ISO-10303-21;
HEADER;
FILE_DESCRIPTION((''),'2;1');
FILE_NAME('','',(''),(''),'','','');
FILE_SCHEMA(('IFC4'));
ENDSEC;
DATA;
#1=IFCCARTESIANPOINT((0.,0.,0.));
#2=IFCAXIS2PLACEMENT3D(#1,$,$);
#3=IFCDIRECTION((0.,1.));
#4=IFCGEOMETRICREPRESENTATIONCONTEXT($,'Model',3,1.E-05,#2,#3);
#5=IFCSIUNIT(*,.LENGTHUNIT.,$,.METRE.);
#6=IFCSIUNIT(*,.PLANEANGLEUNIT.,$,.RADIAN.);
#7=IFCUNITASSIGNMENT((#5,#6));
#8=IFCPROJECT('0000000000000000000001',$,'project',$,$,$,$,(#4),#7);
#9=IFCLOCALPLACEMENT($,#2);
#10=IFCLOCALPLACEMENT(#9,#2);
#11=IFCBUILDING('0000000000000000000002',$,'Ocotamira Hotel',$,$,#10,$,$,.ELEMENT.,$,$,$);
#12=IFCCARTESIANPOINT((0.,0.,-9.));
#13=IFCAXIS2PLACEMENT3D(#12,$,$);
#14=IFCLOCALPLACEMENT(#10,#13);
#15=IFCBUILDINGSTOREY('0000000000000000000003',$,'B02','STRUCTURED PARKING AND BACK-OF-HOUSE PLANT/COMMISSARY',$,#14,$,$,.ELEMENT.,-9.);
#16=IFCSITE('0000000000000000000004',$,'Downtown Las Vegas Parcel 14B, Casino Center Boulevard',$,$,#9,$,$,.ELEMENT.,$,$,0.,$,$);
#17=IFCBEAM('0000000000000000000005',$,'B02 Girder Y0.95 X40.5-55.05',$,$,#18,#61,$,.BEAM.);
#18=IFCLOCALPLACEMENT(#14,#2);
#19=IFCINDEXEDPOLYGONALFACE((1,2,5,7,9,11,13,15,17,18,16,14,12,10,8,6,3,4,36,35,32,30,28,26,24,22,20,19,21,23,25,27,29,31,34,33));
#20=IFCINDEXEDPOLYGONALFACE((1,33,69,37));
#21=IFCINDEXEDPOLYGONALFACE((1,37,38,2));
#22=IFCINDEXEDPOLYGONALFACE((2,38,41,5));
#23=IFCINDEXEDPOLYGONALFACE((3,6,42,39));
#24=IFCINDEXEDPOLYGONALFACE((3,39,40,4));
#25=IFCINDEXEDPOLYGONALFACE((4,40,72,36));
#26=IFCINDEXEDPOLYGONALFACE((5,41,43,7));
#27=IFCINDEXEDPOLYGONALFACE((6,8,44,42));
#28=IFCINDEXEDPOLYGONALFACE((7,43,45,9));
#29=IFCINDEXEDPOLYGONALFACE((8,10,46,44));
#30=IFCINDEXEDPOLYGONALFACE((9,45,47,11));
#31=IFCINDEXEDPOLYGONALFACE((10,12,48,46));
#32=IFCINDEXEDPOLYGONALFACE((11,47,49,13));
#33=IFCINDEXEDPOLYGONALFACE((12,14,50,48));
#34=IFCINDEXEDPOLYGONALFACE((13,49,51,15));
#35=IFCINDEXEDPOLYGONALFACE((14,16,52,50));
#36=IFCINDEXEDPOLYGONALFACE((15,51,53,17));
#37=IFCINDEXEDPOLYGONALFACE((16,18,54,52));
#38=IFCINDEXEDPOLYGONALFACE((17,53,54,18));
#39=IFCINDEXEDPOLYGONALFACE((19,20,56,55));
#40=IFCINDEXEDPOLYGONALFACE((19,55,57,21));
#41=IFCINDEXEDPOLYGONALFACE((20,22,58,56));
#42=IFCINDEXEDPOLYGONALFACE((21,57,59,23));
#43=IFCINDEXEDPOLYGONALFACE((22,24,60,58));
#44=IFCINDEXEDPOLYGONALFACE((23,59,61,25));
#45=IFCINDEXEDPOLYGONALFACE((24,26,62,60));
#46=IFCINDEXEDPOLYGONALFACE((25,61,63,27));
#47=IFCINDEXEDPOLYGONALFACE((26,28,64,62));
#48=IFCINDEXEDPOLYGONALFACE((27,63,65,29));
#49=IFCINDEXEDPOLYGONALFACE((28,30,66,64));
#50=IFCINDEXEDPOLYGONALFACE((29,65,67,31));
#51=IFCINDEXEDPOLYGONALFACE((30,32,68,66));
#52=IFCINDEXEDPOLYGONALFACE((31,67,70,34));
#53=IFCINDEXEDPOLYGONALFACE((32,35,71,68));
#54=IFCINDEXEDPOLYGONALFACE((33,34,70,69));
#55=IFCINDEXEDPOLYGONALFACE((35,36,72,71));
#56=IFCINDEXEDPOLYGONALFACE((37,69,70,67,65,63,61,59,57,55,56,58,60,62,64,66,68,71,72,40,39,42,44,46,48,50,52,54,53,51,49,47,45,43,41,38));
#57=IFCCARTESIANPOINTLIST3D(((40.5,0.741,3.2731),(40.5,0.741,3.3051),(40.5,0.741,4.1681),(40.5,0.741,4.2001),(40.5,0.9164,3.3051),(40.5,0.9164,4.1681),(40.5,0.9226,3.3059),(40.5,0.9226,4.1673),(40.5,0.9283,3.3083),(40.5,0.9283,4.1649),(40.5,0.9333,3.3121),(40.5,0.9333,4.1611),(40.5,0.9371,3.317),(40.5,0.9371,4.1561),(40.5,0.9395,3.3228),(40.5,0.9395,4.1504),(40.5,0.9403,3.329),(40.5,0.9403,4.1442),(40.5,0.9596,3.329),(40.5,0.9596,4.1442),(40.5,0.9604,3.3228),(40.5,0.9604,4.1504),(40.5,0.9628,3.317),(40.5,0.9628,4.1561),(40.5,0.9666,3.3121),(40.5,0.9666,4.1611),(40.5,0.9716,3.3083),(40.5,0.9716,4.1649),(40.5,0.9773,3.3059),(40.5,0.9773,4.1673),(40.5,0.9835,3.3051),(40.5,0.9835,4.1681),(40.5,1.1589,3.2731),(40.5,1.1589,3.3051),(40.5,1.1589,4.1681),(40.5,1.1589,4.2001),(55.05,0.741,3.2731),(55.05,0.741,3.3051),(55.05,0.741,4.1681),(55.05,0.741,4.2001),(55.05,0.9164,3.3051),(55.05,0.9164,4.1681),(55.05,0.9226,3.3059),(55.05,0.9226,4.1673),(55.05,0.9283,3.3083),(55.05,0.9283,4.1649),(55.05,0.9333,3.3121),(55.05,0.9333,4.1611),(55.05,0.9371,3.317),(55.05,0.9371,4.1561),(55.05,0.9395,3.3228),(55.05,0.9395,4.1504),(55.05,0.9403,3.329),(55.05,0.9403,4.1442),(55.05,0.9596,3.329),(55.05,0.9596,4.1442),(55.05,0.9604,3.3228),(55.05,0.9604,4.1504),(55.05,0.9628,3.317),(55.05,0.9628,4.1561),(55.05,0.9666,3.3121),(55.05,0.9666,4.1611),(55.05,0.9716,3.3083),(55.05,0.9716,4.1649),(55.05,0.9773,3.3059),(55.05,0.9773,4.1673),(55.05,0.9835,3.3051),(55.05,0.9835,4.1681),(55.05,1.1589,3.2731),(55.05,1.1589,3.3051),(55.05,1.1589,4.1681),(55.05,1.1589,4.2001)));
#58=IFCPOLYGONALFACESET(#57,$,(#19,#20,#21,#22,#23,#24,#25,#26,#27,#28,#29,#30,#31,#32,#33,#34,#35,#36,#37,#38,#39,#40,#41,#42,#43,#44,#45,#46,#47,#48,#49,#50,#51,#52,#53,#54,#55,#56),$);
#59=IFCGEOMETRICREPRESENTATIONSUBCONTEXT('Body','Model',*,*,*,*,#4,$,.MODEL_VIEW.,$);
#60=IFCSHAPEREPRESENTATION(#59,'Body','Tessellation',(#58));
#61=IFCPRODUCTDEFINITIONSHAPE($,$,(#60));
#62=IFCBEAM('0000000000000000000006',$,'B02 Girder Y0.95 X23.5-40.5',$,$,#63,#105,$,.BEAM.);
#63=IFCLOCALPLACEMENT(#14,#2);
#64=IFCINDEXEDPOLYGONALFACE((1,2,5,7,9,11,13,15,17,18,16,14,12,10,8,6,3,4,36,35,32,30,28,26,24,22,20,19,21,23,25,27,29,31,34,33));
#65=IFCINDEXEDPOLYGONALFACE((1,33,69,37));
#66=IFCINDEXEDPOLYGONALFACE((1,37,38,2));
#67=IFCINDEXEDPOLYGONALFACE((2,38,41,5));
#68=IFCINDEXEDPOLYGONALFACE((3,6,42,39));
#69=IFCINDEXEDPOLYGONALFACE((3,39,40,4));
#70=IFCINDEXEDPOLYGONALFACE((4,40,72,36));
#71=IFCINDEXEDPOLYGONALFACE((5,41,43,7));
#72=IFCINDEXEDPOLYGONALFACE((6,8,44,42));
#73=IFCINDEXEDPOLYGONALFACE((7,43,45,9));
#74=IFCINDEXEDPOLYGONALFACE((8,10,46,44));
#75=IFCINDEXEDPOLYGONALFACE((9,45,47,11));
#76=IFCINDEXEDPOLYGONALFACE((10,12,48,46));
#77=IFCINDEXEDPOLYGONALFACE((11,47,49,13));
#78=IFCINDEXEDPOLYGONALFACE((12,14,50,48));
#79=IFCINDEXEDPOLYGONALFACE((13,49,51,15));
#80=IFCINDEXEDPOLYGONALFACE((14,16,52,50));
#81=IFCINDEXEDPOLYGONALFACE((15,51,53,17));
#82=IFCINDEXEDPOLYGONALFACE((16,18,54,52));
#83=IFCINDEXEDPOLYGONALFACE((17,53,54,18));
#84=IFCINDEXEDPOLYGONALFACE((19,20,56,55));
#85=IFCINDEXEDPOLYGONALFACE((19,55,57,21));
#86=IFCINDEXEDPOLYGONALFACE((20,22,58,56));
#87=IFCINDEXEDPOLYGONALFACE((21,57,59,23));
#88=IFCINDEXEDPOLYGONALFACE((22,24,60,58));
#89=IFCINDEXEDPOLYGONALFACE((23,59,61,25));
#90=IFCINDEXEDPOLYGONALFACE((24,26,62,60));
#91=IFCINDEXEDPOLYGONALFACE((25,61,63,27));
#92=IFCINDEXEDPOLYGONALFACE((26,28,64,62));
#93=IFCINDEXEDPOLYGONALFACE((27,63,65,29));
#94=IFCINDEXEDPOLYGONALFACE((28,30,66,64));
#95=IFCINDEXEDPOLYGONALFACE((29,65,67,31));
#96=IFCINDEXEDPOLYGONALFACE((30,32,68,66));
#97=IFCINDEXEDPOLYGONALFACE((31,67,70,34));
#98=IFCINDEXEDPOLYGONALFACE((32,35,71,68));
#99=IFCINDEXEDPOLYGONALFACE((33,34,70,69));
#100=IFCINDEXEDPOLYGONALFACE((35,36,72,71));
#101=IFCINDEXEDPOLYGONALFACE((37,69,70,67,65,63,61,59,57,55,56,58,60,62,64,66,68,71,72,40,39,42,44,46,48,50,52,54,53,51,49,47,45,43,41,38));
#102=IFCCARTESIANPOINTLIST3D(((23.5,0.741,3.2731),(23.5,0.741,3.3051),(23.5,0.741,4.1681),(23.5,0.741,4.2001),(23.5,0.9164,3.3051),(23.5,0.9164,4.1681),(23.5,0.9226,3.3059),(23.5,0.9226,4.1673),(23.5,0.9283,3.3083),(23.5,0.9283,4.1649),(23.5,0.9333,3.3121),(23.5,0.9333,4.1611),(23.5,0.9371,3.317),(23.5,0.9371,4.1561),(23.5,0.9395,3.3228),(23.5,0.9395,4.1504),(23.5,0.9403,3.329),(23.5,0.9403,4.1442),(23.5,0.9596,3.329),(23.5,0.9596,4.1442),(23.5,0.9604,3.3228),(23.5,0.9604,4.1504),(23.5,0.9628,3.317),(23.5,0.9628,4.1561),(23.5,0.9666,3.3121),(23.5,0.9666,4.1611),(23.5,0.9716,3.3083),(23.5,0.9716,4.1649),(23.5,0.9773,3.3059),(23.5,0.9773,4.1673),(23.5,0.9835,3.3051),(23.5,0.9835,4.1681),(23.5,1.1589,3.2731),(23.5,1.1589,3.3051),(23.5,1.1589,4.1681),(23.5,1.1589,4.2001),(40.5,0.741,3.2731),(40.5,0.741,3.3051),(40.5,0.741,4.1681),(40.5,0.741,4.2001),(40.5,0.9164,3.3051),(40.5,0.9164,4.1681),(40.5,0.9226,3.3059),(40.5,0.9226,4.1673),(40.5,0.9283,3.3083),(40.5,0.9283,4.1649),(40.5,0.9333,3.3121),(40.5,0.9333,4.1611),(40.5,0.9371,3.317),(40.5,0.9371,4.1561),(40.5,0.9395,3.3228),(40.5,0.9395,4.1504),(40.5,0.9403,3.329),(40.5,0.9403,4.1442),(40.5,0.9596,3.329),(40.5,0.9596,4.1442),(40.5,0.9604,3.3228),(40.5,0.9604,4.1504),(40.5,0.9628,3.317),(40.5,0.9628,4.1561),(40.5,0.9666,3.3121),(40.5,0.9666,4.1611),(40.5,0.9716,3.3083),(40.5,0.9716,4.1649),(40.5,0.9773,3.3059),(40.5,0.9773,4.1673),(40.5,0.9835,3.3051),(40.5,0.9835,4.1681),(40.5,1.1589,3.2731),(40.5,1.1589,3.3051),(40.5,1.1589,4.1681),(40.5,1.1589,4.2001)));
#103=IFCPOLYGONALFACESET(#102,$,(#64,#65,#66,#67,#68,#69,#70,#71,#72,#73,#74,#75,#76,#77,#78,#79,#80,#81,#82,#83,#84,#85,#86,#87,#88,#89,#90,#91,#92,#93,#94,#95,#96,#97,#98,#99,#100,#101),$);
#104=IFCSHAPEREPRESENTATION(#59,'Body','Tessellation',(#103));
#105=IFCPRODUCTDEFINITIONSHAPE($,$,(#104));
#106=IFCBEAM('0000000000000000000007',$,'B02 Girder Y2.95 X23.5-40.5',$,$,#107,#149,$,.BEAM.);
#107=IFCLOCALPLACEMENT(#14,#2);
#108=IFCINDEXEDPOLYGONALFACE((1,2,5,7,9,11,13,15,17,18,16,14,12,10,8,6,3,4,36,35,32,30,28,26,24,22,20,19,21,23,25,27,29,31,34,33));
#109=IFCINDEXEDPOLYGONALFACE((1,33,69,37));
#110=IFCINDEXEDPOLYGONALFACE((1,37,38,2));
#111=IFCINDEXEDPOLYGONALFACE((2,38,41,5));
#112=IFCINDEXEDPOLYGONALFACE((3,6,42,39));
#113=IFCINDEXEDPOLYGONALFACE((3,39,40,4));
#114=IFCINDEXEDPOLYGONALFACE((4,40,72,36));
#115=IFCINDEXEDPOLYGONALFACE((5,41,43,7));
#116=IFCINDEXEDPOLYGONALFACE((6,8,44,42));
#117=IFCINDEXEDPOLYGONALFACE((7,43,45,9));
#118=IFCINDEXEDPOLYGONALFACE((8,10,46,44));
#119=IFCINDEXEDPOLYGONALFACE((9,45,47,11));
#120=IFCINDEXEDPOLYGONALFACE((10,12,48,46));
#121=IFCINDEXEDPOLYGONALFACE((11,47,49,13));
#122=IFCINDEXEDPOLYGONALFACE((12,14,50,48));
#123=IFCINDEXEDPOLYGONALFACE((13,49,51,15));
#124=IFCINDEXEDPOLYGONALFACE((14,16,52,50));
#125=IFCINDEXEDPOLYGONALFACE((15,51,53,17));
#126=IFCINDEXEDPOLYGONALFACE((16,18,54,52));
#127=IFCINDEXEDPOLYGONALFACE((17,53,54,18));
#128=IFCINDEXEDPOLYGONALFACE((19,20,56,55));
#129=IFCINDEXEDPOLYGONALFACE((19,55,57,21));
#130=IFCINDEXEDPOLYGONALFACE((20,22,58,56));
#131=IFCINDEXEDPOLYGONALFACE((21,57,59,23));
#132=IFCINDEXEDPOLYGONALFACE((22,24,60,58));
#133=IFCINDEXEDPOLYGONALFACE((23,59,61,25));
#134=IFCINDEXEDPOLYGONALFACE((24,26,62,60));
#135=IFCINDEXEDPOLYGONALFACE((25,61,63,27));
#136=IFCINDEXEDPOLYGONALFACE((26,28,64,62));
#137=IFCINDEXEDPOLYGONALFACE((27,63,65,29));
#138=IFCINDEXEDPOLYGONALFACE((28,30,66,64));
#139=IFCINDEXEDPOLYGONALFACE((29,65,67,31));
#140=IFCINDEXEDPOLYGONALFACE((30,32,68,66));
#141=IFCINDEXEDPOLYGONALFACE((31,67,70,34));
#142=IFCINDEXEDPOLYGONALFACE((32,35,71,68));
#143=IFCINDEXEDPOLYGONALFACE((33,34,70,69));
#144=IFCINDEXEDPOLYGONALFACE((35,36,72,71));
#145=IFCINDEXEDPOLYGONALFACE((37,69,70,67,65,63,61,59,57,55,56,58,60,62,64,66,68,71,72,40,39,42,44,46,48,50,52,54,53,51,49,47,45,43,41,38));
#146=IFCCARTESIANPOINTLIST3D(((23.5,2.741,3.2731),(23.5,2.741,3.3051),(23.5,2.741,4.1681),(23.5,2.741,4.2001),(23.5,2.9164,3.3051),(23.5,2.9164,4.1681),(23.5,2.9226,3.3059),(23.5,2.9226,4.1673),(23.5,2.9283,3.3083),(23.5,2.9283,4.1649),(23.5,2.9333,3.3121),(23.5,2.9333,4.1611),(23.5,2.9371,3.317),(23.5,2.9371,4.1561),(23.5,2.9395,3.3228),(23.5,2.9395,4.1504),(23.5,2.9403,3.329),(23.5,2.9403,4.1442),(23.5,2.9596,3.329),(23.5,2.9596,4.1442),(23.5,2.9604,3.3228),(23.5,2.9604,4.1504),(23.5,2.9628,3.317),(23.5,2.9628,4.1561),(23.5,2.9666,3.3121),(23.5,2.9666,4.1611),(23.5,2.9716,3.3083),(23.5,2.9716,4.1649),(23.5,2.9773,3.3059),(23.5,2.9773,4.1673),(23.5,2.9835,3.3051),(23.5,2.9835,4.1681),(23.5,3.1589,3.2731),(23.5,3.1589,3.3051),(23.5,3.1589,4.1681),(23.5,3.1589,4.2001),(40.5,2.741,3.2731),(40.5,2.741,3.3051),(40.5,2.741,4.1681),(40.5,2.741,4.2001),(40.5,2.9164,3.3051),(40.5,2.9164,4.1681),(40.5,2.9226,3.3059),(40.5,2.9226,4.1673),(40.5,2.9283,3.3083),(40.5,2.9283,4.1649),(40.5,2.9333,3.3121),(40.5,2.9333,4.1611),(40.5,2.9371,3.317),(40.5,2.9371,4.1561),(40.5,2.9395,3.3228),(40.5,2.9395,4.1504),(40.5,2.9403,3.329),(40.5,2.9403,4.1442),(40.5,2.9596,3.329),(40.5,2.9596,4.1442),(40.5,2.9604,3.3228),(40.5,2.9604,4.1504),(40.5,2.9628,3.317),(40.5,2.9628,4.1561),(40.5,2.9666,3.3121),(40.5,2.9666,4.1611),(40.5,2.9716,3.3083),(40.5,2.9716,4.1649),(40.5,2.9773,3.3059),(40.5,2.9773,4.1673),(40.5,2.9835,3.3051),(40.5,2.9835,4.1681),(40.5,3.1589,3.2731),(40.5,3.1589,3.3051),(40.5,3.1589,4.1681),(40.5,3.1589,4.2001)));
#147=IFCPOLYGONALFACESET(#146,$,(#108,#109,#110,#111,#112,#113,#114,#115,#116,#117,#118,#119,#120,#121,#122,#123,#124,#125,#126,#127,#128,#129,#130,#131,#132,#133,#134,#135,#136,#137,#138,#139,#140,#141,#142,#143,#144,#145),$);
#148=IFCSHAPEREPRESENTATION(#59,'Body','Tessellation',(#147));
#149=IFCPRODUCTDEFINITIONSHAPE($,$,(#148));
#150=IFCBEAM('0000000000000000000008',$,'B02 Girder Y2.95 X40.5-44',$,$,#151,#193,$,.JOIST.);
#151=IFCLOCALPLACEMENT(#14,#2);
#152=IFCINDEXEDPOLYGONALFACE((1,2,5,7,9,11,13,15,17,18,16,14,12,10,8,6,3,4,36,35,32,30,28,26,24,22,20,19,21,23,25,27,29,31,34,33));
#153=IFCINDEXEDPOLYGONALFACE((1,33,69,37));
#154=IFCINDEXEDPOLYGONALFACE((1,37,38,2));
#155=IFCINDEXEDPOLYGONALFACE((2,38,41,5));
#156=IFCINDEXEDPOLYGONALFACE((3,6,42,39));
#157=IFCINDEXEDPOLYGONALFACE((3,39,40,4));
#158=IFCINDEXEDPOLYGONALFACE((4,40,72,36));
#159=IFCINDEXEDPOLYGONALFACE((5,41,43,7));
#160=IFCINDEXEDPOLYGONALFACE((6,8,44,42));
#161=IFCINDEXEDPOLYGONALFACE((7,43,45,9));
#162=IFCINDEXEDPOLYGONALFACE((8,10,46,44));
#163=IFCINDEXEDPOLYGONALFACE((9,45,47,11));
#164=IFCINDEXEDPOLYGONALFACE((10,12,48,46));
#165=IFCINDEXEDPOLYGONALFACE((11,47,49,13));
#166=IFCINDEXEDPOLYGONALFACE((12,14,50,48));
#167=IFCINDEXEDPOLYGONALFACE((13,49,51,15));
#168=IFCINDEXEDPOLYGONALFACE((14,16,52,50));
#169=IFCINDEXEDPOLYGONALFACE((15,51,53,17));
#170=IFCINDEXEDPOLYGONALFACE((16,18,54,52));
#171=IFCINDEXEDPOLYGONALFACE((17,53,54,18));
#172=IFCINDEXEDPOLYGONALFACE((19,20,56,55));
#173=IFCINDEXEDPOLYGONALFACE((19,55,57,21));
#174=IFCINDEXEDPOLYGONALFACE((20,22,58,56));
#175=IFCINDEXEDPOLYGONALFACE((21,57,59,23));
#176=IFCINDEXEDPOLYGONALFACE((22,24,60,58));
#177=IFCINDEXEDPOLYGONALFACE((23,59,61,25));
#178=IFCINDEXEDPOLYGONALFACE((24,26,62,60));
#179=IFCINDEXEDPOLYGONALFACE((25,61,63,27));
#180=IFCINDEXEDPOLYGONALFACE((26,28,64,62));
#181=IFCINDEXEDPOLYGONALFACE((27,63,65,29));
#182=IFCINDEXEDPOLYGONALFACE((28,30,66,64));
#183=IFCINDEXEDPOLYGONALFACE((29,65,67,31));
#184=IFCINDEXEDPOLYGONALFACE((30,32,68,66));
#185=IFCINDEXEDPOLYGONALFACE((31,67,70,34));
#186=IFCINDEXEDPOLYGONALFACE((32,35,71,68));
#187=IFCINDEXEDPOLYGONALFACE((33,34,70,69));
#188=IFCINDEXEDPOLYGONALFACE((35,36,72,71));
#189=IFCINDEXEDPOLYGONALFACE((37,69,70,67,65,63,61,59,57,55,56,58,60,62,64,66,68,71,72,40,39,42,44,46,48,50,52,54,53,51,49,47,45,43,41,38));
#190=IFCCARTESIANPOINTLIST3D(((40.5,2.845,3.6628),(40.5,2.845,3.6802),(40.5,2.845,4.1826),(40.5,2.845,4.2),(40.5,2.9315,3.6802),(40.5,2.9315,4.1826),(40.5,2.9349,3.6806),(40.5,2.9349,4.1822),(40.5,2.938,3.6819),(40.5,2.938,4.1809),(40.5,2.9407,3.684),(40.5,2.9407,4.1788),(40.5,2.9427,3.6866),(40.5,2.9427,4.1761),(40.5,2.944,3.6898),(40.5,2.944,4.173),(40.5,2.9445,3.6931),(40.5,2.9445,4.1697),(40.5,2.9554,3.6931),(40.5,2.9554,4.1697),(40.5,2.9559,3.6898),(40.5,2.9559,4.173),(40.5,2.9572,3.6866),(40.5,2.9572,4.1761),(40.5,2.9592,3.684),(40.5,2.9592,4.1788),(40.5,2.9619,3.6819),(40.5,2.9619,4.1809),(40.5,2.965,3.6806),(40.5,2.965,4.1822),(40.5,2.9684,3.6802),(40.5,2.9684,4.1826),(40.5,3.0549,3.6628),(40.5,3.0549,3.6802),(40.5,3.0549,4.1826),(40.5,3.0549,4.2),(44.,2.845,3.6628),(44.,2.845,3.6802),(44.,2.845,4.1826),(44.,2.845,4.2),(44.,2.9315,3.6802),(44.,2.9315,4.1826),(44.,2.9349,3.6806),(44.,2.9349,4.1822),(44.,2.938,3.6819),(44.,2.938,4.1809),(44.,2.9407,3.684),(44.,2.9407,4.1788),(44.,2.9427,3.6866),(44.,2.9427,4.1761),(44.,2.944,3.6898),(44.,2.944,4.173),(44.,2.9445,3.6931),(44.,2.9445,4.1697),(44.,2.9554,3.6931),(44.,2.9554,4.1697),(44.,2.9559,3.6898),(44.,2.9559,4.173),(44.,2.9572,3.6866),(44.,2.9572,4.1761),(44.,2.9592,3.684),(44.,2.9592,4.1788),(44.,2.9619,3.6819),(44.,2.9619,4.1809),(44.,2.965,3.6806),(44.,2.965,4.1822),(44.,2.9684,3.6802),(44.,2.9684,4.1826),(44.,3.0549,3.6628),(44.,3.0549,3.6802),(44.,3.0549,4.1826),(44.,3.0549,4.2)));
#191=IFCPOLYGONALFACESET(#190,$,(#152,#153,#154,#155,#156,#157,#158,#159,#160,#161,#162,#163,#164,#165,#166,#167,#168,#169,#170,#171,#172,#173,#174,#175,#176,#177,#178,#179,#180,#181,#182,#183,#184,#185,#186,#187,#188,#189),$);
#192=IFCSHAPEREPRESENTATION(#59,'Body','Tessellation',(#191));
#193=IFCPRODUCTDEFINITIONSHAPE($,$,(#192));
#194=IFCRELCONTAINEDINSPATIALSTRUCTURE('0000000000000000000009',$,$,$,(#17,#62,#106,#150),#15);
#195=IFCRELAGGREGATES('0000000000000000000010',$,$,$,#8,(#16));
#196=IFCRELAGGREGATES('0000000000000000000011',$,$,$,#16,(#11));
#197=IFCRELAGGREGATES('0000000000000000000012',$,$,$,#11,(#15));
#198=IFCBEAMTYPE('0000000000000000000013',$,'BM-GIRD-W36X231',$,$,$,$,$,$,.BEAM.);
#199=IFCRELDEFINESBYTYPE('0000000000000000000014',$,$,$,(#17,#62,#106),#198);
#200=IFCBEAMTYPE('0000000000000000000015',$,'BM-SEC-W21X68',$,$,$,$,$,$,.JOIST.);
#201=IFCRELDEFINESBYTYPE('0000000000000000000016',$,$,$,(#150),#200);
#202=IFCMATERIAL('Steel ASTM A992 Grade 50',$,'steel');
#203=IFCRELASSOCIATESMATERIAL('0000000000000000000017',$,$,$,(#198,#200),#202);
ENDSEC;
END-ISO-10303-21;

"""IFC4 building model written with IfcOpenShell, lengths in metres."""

from ifc_helpers import new_model, si_unit, direction, frame, origin, origin_2d, place, context, subcontext, project, spatial, i_section, extrude, source, transform, mapped, material, material_profile, profile_set, type_object, element, save


model = new_model("IFC4")

# Units and contexts
model_context = context("Model", 3, precision=1e-05, world=origin(), true_north=direction((0.0, 1.0)))
body_context = subcontext(model_context, "Body", "Model", "MODEL_VIEW")
ifc_project = project(units=[si_unit("LENGTHUNIT", "METRE"), si_unit("PLANEANGLEUNIT", "RADIAN")], contexts=[model_context])

# Site, building, storey
site_placement = place(None, origin())
site = spatial("IfcSite", under=ifc_project, at=site_placement, Name="Downtown Las Vegas Parcel 14B, Casino Center Boulevard", CompositionType="ELEMENT", RefElevation=0.0)
building_placement = place(site_placement, origin())
building = spatial("IfcBuilding", under=site, at=building_placement, Name="Ocotamira Hotel", CompositionType="ELEMENT")
storey_placement = place(building_placement, frame((0.0, 0.0, -9.0)))
storey = spatial("IfcBuildingStorey", under=building, at=storey_placement, Name="B02", Description="STRUCTURED PARKING AND BACK-OF-HOUSE PLANT/COMMISSARY", CompositionType="ELEMENT", Elevation=-9.0)

# Beams
ifc_material_1 = material(Name="Steel ASTM A992 Grade 50", Category="steel")
ifc_material_profile_1 = material_profile(ifc_material_1, i_section(OverallWidth=0.418, OverallDepth=0.927, WebThickness=0.0193, FlangeThickness=0.032, FilletRadius=0.0239, at=origin_2d()), Name="W36X231")
ifc_profile_set_1 = profile_set([ifc_material_profile_1], Name="Steel ASTM A992 Grade 50")
beam_type_1 = type_object("IfcBeamType", Name="BM-GIRD-W36X231", PredefinedType="BEAM", material=ifc_profile_set_1)
shared_shape_1 = source(origin(), body_context, "Body", "SweptSolid", [
    extrude(i_section(OverallWidth=0.418, OverallDepth=0.927, WebThickness=0.0193, FlangeThickness=0.032, FilletRadius=0.0239, at=origin_2d()), origin(), (0.0, 0.0, 1.0), 14.55),
])
beam_1_placement = place(storey_placement, frame((40.5, 0.95, 3.7366), z_axis=(1.0, 0.0, 0.0), x_axis=(0.0, 1.0, 0.0)))
element("IfcBeam", 1, at=beam_1_placement, inside=storey, type_object=beam_type_1, Name="B02 Girder Y0.95 X40.5-55.05", PredefinedType="BEAM", context=body_context, shape_type="MappedRepresentation", body=[
    mapped(shared_shape_1, transform((0.0, 0.0, 0.0), scale=1.0)),
])
shared_shape_2 = source(origin(), body_context, "Body", "SweptSolid", [
    extrude(i_section(OverallWidth=0.418, OverallDepth=0.927, WebThickness=0.0193, FlangeThickness=0.032, FilletRadius=0.0239, at=origin_2d()), origin(), (0.0, 0.0, 1.0), 17.0),
])
for number, where, z_axis, x_axis, name in (
    (2, (23.5, 0.95, 3.7366), (1.0, 0.0, 0.0), (0.0, 1.0, 0.0), "B02 Girder Y0.95 X23.5-40.5"),
    (3, (23.5, 2.95, 3.7366), (1.0, 0.0, 0.0), (0.0, 1.0, 0.0), "B02 Girder Y2.95 X23.5-40.5"),
):
    element("IfcBeam", number, at=place(storey_placement, frame(where, z_axis=z_axis, x_axis=x_axis)), inside=storey, type_object=beam_type_1, Name=name, PredefinedType="BEAM", context=body_context, shape_type="MappedRepresentation", body=[
        mapped(shared_shape_2, transform((0.0, 0.0, 0.0), scale=1.0)),
    ])
ifc_material_profile_2 = material_profile(ifc_material_1, i_section(OverallWidth=0.21, OverallDepth=0.5371, WebThickness=0.011, FlangeThickness=0.0173, FilletRadius=0.0129, at=origin_2d()), Name="W21X68")
ifc_profile_set_2 = profile_set([ifc_material_profile_2], Name="Steel ASTM A992 Grade 50")
beam_type_2 = type_object("IfcBeamType", Name="BM-SEC-W21X68", PredefinedType="JOIST", material=ifc_profile_set_2)
shared_shape_3 = source(origin(), body_context, "Body", "SweptSolid", [
    extrude(i_section(OverallWidth=0.21, OverallDepth=0.5371, WebThickness=0.011, FlangeThickness=0.0173, FilletRadius=0.0129, at=origin_2d()), origin(), (0.0, 0.0, 1.0), 3.5),
])
beam_2_placement = place(storey_placement, frame((40.5, 2.95, 3.9314), z_axis=(1.0, 0.0, 0.0), x_axis=(0.0, 1.0, 0.0)))
element("IfcBeam", 4, at=beam_2_placement, inside=storey, type_object=beam_type_2, Name="B02 Girder Y2.95 X40.5-44", PredefinedType="JOIST", context=body_context, shape_type="MappedRepresentation", body=[
    mapped(shared_shape_3, transform((0.0, 0.0, 0.0), scale=1.0)),
])

save(model, "model.ifc")
